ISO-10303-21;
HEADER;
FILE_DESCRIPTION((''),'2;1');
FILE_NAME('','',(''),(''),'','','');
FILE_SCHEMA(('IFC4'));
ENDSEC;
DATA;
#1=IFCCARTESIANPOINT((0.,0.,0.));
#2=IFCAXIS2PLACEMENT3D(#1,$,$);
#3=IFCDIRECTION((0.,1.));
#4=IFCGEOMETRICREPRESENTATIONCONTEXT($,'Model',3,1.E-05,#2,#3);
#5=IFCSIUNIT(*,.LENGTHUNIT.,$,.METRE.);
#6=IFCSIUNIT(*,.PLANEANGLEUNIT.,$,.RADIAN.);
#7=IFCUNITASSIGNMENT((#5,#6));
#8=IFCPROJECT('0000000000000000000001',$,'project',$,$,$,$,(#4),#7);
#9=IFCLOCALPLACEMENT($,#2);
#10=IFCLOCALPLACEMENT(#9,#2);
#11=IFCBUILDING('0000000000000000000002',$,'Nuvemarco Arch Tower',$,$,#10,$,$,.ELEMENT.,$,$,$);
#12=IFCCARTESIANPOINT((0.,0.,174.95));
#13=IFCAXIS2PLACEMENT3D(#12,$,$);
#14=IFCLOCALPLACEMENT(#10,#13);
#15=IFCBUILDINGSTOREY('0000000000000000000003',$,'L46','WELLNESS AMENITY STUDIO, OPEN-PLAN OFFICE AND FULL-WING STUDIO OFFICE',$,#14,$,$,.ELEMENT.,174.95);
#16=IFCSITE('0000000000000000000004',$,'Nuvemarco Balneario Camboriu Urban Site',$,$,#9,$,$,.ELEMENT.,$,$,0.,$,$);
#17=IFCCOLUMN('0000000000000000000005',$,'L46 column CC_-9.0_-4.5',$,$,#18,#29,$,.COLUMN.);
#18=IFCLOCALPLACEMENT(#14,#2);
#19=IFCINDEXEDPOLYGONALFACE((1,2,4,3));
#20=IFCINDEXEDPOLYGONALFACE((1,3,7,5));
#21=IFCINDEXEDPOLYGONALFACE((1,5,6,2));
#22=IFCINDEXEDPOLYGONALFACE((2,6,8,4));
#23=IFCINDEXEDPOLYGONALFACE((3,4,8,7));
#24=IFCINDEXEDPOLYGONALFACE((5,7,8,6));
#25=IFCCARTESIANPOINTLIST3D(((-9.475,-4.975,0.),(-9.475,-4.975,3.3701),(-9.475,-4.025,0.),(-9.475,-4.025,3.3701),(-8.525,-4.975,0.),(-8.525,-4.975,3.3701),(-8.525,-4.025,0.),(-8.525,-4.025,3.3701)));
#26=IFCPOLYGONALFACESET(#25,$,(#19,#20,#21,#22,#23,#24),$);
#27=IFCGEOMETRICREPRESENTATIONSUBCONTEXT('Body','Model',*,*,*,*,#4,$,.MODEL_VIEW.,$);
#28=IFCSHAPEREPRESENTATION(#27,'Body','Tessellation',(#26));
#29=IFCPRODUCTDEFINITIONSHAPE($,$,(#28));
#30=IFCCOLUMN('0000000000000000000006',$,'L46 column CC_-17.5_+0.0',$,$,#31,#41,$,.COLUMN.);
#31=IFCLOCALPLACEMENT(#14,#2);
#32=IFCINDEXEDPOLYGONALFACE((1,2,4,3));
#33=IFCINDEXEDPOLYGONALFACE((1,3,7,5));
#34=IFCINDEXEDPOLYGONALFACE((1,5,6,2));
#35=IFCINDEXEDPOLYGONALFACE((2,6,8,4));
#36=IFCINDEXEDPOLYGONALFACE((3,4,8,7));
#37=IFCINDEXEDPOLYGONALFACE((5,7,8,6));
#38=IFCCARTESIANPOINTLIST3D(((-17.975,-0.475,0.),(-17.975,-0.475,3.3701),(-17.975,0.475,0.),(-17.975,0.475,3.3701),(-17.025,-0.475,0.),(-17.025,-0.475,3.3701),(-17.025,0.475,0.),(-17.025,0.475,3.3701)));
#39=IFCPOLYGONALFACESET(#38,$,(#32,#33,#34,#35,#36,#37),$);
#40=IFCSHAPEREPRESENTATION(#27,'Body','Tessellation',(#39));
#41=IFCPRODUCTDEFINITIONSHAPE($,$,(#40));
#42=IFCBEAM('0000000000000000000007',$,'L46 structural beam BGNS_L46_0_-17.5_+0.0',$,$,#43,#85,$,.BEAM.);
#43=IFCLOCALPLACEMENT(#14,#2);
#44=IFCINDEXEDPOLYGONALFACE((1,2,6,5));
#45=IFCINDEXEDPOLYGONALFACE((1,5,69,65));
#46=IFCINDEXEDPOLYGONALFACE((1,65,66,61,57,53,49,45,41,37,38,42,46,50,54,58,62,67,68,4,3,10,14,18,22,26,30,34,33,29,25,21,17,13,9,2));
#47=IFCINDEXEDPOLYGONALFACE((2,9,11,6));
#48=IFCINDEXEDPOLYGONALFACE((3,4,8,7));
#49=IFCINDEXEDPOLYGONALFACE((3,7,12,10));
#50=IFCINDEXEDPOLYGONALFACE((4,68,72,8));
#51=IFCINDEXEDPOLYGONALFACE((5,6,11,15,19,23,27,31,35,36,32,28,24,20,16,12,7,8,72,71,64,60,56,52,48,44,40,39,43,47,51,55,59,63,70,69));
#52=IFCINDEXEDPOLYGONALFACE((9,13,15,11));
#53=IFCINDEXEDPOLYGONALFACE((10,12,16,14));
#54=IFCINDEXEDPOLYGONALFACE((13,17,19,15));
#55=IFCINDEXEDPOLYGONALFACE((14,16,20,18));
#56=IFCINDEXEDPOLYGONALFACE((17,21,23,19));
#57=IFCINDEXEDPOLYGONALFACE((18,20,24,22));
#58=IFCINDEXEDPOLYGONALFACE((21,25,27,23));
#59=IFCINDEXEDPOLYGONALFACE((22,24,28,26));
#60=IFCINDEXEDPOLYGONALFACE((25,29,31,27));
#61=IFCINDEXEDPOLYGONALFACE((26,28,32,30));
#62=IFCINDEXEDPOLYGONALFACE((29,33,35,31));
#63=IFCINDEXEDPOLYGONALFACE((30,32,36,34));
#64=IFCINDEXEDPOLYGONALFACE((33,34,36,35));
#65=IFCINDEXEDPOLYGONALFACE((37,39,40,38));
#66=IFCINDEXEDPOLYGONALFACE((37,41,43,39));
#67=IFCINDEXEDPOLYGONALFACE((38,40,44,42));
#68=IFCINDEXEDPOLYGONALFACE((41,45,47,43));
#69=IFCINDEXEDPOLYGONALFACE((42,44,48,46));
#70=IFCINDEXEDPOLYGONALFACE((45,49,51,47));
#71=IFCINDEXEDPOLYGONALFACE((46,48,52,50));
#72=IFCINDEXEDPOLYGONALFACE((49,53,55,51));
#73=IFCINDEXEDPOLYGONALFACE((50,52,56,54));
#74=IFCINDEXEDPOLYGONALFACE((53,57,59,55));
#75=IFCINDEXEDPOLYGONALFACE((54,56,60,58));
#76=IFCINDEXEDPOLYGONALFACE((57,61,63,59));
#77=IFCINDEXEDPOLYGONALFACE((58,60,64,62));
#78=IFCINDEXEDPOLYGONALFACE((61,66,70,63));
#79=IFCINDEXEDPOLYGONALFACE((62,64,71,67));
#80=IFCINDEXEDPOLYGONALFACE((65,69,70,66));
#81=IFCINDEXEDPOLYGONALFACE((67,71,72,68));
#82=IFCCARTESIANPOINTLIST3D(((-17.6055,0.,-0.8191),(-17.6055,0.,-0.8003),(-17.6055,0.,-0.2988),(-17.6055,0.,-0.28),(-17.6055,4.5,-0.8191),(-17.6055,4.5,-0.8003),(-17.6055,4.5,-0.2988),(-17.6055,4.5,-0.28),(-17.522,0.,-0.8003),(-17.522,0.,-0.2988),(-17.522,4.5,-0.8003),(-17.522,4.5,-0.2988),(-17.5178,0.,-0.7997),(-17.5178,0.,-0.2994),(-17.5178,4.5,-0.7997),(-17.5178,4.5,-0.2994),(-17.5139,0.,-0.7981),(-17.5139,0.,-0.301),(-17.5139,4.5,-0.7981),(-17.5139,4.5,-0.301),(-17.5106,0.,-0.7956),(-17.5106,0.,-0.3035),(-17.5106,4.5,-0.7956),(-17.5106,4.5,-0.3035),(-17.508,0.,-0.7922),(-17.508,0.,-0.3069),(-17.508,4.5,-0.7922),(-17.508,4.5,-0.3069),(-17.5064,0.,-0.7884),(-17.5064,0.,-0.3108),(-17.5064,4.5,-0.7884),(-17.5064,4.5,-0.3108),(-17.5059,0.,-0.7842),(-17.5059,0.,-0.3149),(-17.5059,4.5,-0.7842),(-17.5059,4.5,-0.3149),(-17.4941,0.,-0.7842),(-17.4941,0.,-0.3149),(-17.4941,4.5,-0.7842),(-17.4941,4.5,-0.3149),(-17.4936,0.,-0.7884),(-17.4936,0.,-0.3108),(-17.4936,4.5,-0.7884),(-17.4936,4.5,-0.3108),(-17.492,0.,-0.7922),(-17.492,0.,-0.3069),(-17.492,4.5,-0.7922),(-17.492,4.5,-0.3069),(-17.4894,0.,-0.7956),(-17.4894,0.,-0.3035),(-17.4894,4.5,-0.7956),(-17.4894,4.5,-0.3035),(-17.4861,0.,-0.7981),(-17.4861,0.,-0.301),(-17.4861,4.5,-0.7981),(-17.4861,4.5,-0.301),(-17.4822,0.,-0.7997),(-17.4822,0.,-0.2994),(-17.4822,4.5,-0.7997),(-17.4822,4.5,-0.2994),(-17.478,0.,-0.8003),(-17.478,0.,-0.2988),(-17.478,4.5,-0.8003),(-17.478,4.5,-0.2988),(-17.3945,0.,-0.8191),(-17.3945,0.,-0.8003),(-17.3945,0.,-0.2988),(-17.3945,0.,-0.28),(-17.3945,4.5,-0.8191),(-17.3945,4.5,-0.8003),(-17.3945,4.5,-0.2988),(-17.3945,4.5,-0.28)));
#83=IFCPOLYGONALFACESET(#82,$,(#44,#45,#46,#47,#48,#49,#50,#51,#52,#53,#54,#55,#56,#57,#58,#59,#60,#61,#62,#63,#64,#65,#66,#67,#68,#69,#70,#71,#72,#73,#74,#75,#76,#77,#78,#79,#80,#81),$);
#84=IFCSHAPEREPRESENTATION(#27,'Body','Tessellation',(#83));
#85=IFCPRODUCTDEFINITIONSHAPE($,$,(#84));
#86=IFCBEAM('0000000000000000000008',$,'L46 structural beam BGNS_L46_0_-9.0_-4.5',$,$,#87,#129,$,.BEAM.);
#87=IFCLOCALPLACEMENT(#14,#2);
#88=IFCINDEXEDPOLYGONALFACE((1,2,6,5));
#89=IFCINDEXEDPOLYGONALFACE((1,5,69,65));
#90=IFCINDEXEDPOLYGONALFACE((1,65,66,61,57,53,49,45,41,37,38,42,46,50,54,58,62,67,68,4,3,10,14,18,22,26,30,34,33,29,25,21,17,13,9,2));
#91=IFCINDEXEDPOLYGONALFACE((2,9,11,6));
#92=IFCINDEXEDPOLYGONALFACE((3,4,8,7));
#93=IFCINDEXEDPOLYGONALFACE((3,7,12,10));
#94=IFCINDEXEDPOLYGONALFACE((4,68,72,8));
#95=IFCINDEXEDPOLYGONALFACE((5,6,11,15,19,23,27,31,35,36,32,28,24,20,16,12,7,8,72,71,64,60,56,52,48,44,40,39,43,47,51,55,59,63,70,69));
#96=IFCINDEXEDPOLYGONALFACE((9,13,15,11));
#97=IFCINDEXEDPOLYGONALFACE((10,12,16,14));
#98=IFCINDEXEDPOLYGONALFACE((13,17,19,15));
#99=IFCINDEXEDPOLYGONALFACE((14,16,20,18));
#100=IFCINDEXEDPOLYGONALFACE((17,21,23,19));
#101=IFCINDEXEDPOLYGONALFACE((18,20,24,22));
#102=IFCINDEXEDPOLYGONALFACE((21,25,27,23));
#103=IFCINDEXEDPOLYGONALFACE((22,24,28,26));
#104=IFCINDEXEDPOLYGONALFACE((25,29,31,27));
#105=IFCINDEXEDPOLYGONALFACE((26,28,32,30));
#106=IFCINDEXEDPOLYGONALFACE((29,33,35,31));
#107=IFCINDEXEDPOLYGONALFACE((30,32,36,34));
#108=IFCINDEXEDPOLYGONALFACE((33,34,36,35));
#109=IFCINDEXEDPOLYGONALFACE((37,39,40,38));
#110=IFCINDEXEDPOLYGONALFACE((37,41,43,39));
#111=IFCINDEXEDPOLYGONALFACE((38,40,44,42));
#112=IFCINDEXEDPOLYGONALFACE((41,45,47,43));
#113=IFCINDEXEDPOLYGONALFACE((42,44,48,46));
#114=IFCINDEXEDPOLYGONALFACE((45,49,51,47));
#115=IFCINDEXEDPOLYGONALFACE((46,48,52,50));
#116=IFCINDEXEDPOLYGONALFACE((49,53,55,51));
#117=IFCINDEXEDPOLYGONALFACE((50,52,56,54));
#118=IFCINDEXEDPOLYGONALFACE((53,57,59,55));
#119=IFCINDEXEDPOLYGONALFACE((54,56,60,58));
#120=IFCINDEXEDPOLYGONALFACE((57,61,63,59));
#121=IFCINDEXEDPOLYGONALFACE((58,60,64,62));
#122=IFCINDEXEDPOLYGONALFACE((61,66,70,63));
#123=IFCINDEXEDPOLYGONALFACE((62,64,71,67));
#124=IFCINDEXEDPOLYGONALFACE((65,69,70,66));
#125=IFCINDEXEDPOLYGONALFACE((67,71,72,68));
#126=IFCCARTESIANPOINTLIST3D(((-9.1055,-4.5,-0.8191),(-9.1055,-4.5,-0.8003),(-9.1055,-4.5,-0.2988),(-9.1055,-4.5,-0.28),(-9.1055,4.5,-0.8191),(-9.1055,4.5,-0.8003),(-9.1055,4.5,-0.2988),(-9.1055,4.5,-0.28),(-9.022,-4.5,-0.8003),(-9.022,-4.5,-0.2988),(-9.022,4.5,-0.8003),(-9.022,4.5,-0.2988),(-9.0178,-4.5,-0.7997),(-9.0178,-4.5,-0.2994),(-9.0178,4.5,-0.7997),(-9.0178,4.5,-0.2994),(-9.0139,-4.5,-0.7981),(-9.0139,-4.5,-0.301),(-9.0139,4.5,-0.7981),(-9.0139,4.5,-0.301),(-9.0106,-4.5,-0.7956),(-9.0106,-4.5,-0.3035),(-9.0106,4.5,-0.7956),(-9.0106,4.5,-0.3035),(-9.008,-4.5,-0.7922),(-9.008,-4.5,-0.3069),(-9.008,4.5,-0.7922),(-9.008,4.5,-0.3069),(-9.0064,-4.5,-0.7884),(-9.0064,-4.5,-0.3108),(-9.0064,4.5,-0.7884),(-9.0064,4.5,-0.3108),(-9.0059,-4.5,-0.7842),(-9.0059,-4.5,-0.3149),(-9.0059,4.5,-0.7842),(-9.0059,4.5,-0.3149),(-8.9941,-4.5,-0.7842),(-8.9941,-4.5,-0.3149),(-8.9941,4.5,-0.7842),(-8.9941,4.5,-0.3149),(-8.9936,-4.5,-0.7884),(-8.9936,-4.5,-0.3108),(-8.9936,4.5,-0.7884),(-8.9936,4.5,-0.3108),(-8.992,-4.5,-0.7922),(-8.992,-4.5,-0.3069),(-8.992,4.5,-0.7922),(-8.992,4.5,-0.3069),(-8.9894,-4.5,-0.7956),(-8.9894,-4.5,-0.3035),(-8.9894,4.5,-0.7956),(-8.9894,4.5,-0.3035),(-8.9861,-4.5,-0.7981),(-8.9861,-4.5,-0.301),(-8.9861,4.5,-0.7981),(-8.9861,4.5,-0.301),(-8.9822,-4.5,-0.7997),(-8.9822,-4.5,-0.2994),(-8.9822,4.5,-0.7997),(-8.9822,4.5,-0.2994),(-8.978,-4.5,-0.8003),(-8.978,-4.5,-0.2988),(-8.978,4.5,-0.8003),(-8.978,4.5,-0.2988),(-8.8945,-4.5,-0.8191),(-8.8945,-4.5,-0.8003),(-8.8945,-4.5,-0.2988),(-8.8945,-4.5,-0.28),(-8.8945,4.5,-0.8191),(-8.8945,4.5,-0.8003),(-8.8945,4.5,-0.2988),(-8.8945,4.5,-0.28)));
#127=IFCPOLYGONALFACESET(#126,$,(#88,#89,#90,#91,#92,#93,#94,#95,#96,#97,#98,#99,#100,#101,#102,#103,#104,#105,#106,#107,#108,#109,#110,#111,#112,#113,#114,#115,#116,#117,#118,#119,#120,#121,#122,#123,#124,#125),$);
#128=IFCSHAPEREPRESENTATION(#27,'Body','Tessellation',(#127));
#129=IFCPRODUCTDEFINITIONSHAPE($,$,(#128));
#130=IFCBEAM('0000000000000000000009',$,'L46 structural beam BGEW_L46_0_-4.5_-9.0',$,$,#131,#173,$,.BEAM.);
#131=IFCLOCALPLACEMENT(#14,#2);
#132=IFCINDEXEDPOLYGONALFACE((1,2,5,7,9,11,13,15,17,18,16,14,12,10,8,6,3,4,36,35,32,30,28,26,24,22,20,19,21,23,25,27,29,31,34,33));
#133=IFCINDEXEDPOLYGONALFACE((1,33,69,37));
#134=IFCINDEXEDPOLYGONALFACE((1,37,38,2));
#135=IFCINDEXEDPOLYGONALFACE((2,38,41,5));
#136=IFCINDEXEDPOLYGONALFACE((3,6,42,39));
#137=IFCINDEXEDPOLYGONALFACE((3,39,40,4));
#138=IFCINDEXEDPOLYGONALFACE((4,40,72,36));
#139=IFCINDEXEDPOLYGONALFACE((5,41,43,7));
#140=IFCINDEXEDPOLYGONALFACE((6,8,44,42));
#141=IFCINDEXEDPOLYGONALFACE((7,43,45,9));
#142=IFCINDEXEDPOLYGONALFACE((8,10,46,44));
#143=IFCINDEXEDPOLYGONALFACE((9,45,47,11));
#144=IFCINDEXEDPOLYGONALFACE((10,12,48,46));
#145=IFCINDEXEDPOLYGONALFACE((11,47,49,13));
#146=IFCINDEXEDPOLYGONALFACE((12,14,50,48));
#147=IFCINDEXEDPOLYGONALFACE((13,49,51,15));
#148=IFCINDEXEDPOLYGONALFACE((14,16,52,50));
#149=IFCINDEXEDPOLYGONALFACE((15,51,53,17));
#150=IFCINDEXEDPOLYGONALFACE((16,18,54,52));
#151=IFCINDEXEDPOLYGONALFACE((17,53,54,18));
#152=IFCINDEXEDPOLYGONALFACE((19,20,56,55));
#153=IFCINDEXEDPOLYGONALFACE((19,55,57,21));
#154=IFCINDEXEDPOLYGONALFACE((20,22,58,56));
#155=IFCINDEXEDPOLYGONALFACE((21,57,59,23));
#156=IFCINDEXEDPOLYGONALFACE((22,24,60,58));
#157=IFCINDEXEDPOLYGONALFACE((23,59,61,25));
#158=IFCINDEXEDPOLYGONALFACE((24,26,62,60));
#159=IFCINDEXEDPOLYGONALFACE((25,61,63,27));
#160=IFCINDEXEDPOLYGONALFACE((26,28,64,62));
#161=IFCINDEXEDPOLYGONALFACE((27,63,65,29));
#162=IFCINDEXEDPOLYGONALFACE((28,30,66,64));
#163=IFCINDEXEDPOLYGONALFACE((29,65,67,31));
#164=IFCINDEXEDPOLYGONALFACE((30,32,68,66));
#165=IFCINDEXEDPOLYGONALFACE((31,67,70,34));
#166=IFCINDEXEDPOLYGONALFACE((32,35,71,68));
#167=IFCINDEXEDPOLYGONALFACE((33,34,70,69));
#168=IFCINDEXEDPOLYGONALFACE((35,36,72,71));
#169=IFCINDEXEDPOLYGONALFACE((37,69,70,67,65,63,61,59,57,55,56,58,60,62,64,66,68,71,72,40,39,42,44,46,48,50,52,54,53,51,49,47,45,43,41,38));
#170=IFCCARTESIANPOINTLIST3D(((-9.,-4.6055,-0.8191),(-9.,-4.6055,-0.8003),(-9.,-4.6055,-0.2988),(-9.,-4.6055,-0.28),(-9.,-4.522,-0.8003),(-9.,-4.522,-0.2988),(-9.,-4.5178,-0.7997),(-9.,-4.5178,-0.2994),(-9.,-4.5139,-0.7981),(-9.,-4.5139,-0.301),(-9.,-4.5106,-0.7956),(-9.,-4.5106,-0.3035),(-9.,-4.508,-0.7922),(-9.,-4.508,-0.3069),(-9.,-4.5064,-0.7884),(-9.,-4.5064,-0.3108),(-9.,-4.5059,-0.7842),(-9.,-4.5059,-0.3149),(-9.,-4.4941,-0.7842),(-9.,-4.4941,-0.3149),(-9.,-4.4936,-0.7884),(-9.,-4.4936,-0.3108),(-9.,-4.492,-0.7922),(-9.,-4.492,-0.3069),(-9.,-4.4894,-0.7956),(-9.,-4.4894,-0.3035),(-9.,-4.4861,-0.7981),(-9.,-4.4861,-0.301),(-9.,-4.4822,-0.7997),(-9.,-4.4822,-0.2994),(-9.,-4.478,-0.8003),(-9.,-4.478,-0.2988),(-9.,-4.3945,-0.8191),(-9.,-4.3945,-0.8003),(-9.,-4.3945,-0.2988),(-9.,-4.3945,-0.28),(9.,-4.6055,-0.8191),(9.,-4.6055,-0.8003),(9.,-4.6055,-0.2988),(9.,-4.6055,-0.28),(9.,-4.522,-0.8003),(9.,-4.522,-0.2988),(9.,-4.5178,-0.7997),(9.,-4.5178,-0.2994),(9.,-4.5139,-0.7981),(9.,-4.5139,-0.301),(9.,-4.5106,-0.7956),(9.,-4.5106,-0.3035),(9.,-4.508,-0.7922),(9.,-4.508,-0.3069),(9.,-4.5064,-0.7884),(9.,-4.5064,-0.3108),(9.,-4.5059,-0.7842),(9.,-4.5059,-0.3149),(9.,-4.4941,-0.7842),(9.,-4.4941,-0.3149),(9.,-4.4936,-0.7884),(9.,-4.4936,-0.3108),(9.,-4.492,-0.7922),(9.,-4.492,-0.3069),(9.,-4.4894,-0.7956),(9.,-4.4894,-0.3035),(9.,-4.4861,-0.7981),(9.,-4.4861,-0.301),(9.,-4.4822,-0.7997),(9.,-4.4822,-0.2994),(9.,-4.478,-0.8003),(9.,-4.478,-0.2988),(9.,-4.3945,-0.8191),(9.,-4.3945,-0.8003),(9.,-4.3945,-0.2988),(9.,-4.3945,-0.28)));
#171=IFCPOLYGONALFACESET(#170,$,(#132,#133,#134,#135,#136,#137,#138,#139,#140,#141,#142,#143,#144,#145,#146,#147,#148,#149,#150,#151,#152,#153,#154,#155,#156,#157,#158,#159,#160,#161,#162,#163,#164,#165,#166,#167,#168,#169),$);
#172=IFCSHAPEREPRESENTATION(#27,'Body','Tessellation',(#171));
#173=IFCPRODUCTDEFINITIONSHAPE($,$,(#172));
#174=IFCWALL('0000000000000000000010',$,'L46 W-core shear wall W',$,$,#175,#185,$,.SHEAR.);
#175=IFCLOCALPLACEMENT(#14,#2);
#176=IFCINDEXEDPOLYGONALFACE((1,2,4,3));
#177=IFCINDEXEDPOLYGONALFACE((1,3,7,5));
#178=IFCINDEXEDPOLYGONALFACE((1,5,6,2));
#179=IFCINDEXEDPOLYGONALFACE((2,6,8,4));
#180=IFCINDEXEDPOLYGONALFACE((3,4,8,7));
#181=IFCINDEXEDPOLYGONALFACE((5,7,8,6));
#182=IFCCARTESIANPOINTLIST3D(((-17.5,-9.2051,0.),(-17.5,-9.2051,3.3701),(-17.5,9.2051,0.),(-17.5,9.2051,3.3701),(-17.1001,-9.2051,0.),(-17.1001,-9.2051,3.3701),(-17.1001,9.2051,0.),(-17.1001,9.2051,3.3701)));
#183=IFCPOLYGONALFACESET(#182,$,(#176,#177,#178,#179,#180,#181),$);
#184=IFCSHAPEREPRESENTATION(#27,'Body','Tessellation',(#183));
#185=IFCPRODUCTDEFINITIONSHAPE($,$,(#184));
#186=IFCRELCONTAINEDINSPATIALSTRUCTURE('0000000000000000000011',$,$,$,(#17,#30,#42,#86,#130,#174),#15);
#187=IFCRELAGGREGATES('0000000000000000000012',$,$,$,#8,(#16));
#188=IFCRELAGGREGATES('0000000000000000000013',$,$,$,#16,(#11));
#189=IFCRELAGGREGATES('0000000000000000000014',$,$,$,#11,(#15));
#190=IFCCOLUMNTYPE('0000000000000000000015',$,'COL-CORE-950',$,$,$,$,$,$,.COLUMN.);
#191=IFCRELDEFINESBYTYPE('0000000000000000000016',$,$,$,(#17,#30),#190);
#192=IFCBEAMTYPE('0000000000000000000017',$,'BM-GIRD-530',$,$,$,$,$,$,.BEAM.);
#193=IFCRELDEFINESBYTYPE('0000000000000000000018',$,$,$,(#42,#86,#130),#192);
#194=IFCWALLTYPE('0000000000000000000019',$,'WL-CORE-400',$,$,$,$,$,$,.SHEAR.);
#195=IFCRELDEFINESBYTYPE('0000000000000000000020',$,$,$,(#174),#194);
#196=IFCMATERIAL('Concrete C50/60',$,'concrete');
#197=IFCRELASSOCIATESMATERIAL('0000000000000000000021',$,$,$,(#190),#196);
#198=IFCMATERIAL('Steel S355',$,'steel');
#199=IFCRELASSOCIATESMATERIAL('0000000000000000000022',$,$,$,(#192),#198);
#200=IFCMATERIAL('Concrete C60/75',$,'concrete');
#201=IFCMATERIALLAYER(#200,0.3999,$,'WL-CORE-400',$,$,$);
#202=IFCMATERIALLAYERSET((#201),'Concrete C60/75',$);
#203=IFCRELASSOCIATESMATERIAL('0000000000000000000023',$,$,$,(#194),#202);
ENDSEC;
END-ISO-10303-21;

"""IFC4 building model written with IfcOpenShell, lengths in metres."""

from ifc_helpers import new_model, si_unit, direction, frame, frame_2d, origin, origin_2d, place, context, subcontext, project, spatial, rectangle, i_section, extrude, material, layer, layer_set, material_profile, profile_set, type_object, element, save


model = new_model("IFC4")

# Units and contexts
model_context = context("Model", 3, precision=1e-05, world=origin(), true_north=direction((0.0, 1.0)))
body_context = subcontext(model_context, "Body", "Model", "MODEL_VIEW")
ifc_project = project(units=[si_unit("LENGTHUNIT", "METRE"), si_unit("PLANEANGLEUNIT", "RADIAN")], contexts=[model_context])

# Site, building, storey
site_placement = place(None, origin())
site = spatial("IfcSite", under=ifc_project, at=site_placement, Name="Nuvemarco Balneario Camboriu Urban Site", CompositionType="ELEMENT", RefElevation=0.0)
building_placement = place(site_placement, origin())
building = spatial("IfcBuilding", under=site, at=building_placement, Name="Nuvemarco Arch Tower", CompositionType="ELEMENT")
storey_placement = place(building_placement, frame((0.0, 0.0, 174.95)))
storey = spatial("IfcBuildingStorey", under=building, at=storey_placement, Name="L46", Description="WELLNESS AMENITY STUDIO, OPEN-PLAN OFFICE AND FULL-WING STUDIO OFFICE", CompositionType="ELEMENT", Elevation=174.95)

# Columns
ifc_material_1 = material(Name="Concrete C50/60", Category="concrete")
ifc_material_profile_1 = material_profile(ifc_material_1, rectangle(XDim=0.95, YDim=0.95, at=origin_2d()), Name="RC-COL-950x950")
ifc_profile_set_1 = profile_set([ifc_material_profile_1], Name="Concrete C50/60")
column_type = type_object("IfcColumnType", Name="COL-CORE-950", PredefinedType="COLUMN", material=ifc_profile_set_1)
for number, where, z_axis, x_axis, name in (
    (1, (-9.0, -4.5, 0.0), (0.0, 0.0, 1.0), (1.0, 0.0, 0.0), "L46 column CC_-9.0_-4.5"),
    (2, (-17.5, 0.0, 0.0), (0.0, 0.0, 1.0), (1.0, 0.0, 0.0), "L46 column CC_-17.5_+0.0"),
):
    element("IfcColumn", number, at=place(storey_placement, frame(where, z_axis=z_axis, x_axis=x_axis)), inside=storey, type_object=column_type, Name=name, PredefinedType="COLUMN", context=body_context, shape_type="SweptSolid", body=[
        extrude(rectangle(XDim=0.95, YDim=0.95, at=origin_2d()), origin(), (0.0, 0.0, 1.0), 3.3701),
    ])

# Beams
ifc_material_2 = material(Name="Steel S355", Category="steel")
ifc_material_profile_2 = material_profile(ifc_material_2, i_section(OverallWidth=0.2109, OverallDepth=0.5391, WebThickness=0.0117, FlangeThickness=0.0188, FilletRadius=0.0161, at=origin_2d()), Name="W530x109")
ifc_profile_set_2 = profile_set([ifc_material_profile_2], Name="Steel S355")
beam_type = type_object("IfcBeamType", Name="BM-GIRD-530", PredefinedType="BEAM", material=ifc_profile_set_2)
beam_1_placement = place(storey_placement, frame((-17.5, 0.0, -0.5496), z_axis=(0.0, 1.0, 0.0), x_axis=(-1.0, 0.0, 0.0)))
element("IfcBeam", 3, at=beam_1_placement, inside=storey, type_object=beam_type, Name="L46 structural beam BGNS_L46_0_-17.5_+0.0", PredefinedType="BEAM", context=body_context, shape_type="SweptSolid", body=[
    extrude(i_section(OverallWidth=0.2109, OverallDepth=0.5391, WebThickness=0.0117, FlangeThickness=0.0188, FilletRadius=0.0161, at=origin_2d()), origin(), (0.0, 0.0, 1.0), 4.5),
])
beam_2_placement = place(storey_placement, frame((-9.0, -4.5, -0.5496), z_axis=(0.0, 1.0, 0.0), x_axis=(-1.0, 0.0, 0.0)))
element("IfcBeam", 4, at=beam_2_placement, inside=storey, type_object=beam_type, Name="L46 structural beam BGNS_L46_0_-9.0_-4.5", PredefinedType="BEAM", context=body_context, shape_type="SweptSolid", body=[
    extrude(i_section(OverallWidth=0.2109, OverallDepth=0.5391, WebThickness=0.0117, FlangeThickness=0.0188, FilletRadius=0.0161, at=origin_2d()), origin(), (0.0, 0.0, 1.0), 9.0),
])
beam_3_placement = place(storey_placement, frame((-9.0, -4.5, -0.5496), z_axis=(1.0, 0.0, 0.0), x_axis=(0.0, 1.0, 0.0)))
element("IfcBeam", 5, at=beam_3_placement, inside=storey, type_object=beam_type, Name="L46 structural beam BGEW_L46_0_-4.5_-9.0", PredefinedType="BEAM", context=body_context, shape_type="SweptSolid", body=[
    extrude(i_section(OverallWidth=0.2109, OverallDepth=0.5391, WebThickness=0.0117, FlangeThickness=0.0188, FilletRadius=0.0161, at=origin_2d()), origin(), (0.0, 0.0, 1.0), 18.0),
])

# Wall
ifc_material_3 = material(Name="Concrete C60/75", Category="concrete")
ifc_layer_1 = layer(ifc_material_3, 0.3999, Name="WL-CORE-400")
ifc_layer_set_1 = layer_set([ifc_layer_1], Name="Concrete C60/75")
wall_type_1 = type_object("IfcWallType", Name="WL-CORE-400", PredefinedType="SHEAR", material=ifc_layer_set_1)
wall_1_placement = place(storey_placement, frame((-17.3, -9.2051, 0.0), z_axis=(0.0, 0.0, 1.0), x_axis=(0.0, 1.0, 0.0)))
element("IfcWall", 6, at=wall_1_placement, inside=storey, type_object=wall_type_1, Name="L46 W-core shear wall W", PredefinedType="SHEAR", context=body_context, shape_type="SweptSolid", body=[
    extrude(rectangle(XDim=18.4102, YDim=0.3999, at=frame_2d((9.2051, 0.0))), origin(), (0.0, 0.0, 1.0), 3.3701),
])

save(model, "model.ifc")
